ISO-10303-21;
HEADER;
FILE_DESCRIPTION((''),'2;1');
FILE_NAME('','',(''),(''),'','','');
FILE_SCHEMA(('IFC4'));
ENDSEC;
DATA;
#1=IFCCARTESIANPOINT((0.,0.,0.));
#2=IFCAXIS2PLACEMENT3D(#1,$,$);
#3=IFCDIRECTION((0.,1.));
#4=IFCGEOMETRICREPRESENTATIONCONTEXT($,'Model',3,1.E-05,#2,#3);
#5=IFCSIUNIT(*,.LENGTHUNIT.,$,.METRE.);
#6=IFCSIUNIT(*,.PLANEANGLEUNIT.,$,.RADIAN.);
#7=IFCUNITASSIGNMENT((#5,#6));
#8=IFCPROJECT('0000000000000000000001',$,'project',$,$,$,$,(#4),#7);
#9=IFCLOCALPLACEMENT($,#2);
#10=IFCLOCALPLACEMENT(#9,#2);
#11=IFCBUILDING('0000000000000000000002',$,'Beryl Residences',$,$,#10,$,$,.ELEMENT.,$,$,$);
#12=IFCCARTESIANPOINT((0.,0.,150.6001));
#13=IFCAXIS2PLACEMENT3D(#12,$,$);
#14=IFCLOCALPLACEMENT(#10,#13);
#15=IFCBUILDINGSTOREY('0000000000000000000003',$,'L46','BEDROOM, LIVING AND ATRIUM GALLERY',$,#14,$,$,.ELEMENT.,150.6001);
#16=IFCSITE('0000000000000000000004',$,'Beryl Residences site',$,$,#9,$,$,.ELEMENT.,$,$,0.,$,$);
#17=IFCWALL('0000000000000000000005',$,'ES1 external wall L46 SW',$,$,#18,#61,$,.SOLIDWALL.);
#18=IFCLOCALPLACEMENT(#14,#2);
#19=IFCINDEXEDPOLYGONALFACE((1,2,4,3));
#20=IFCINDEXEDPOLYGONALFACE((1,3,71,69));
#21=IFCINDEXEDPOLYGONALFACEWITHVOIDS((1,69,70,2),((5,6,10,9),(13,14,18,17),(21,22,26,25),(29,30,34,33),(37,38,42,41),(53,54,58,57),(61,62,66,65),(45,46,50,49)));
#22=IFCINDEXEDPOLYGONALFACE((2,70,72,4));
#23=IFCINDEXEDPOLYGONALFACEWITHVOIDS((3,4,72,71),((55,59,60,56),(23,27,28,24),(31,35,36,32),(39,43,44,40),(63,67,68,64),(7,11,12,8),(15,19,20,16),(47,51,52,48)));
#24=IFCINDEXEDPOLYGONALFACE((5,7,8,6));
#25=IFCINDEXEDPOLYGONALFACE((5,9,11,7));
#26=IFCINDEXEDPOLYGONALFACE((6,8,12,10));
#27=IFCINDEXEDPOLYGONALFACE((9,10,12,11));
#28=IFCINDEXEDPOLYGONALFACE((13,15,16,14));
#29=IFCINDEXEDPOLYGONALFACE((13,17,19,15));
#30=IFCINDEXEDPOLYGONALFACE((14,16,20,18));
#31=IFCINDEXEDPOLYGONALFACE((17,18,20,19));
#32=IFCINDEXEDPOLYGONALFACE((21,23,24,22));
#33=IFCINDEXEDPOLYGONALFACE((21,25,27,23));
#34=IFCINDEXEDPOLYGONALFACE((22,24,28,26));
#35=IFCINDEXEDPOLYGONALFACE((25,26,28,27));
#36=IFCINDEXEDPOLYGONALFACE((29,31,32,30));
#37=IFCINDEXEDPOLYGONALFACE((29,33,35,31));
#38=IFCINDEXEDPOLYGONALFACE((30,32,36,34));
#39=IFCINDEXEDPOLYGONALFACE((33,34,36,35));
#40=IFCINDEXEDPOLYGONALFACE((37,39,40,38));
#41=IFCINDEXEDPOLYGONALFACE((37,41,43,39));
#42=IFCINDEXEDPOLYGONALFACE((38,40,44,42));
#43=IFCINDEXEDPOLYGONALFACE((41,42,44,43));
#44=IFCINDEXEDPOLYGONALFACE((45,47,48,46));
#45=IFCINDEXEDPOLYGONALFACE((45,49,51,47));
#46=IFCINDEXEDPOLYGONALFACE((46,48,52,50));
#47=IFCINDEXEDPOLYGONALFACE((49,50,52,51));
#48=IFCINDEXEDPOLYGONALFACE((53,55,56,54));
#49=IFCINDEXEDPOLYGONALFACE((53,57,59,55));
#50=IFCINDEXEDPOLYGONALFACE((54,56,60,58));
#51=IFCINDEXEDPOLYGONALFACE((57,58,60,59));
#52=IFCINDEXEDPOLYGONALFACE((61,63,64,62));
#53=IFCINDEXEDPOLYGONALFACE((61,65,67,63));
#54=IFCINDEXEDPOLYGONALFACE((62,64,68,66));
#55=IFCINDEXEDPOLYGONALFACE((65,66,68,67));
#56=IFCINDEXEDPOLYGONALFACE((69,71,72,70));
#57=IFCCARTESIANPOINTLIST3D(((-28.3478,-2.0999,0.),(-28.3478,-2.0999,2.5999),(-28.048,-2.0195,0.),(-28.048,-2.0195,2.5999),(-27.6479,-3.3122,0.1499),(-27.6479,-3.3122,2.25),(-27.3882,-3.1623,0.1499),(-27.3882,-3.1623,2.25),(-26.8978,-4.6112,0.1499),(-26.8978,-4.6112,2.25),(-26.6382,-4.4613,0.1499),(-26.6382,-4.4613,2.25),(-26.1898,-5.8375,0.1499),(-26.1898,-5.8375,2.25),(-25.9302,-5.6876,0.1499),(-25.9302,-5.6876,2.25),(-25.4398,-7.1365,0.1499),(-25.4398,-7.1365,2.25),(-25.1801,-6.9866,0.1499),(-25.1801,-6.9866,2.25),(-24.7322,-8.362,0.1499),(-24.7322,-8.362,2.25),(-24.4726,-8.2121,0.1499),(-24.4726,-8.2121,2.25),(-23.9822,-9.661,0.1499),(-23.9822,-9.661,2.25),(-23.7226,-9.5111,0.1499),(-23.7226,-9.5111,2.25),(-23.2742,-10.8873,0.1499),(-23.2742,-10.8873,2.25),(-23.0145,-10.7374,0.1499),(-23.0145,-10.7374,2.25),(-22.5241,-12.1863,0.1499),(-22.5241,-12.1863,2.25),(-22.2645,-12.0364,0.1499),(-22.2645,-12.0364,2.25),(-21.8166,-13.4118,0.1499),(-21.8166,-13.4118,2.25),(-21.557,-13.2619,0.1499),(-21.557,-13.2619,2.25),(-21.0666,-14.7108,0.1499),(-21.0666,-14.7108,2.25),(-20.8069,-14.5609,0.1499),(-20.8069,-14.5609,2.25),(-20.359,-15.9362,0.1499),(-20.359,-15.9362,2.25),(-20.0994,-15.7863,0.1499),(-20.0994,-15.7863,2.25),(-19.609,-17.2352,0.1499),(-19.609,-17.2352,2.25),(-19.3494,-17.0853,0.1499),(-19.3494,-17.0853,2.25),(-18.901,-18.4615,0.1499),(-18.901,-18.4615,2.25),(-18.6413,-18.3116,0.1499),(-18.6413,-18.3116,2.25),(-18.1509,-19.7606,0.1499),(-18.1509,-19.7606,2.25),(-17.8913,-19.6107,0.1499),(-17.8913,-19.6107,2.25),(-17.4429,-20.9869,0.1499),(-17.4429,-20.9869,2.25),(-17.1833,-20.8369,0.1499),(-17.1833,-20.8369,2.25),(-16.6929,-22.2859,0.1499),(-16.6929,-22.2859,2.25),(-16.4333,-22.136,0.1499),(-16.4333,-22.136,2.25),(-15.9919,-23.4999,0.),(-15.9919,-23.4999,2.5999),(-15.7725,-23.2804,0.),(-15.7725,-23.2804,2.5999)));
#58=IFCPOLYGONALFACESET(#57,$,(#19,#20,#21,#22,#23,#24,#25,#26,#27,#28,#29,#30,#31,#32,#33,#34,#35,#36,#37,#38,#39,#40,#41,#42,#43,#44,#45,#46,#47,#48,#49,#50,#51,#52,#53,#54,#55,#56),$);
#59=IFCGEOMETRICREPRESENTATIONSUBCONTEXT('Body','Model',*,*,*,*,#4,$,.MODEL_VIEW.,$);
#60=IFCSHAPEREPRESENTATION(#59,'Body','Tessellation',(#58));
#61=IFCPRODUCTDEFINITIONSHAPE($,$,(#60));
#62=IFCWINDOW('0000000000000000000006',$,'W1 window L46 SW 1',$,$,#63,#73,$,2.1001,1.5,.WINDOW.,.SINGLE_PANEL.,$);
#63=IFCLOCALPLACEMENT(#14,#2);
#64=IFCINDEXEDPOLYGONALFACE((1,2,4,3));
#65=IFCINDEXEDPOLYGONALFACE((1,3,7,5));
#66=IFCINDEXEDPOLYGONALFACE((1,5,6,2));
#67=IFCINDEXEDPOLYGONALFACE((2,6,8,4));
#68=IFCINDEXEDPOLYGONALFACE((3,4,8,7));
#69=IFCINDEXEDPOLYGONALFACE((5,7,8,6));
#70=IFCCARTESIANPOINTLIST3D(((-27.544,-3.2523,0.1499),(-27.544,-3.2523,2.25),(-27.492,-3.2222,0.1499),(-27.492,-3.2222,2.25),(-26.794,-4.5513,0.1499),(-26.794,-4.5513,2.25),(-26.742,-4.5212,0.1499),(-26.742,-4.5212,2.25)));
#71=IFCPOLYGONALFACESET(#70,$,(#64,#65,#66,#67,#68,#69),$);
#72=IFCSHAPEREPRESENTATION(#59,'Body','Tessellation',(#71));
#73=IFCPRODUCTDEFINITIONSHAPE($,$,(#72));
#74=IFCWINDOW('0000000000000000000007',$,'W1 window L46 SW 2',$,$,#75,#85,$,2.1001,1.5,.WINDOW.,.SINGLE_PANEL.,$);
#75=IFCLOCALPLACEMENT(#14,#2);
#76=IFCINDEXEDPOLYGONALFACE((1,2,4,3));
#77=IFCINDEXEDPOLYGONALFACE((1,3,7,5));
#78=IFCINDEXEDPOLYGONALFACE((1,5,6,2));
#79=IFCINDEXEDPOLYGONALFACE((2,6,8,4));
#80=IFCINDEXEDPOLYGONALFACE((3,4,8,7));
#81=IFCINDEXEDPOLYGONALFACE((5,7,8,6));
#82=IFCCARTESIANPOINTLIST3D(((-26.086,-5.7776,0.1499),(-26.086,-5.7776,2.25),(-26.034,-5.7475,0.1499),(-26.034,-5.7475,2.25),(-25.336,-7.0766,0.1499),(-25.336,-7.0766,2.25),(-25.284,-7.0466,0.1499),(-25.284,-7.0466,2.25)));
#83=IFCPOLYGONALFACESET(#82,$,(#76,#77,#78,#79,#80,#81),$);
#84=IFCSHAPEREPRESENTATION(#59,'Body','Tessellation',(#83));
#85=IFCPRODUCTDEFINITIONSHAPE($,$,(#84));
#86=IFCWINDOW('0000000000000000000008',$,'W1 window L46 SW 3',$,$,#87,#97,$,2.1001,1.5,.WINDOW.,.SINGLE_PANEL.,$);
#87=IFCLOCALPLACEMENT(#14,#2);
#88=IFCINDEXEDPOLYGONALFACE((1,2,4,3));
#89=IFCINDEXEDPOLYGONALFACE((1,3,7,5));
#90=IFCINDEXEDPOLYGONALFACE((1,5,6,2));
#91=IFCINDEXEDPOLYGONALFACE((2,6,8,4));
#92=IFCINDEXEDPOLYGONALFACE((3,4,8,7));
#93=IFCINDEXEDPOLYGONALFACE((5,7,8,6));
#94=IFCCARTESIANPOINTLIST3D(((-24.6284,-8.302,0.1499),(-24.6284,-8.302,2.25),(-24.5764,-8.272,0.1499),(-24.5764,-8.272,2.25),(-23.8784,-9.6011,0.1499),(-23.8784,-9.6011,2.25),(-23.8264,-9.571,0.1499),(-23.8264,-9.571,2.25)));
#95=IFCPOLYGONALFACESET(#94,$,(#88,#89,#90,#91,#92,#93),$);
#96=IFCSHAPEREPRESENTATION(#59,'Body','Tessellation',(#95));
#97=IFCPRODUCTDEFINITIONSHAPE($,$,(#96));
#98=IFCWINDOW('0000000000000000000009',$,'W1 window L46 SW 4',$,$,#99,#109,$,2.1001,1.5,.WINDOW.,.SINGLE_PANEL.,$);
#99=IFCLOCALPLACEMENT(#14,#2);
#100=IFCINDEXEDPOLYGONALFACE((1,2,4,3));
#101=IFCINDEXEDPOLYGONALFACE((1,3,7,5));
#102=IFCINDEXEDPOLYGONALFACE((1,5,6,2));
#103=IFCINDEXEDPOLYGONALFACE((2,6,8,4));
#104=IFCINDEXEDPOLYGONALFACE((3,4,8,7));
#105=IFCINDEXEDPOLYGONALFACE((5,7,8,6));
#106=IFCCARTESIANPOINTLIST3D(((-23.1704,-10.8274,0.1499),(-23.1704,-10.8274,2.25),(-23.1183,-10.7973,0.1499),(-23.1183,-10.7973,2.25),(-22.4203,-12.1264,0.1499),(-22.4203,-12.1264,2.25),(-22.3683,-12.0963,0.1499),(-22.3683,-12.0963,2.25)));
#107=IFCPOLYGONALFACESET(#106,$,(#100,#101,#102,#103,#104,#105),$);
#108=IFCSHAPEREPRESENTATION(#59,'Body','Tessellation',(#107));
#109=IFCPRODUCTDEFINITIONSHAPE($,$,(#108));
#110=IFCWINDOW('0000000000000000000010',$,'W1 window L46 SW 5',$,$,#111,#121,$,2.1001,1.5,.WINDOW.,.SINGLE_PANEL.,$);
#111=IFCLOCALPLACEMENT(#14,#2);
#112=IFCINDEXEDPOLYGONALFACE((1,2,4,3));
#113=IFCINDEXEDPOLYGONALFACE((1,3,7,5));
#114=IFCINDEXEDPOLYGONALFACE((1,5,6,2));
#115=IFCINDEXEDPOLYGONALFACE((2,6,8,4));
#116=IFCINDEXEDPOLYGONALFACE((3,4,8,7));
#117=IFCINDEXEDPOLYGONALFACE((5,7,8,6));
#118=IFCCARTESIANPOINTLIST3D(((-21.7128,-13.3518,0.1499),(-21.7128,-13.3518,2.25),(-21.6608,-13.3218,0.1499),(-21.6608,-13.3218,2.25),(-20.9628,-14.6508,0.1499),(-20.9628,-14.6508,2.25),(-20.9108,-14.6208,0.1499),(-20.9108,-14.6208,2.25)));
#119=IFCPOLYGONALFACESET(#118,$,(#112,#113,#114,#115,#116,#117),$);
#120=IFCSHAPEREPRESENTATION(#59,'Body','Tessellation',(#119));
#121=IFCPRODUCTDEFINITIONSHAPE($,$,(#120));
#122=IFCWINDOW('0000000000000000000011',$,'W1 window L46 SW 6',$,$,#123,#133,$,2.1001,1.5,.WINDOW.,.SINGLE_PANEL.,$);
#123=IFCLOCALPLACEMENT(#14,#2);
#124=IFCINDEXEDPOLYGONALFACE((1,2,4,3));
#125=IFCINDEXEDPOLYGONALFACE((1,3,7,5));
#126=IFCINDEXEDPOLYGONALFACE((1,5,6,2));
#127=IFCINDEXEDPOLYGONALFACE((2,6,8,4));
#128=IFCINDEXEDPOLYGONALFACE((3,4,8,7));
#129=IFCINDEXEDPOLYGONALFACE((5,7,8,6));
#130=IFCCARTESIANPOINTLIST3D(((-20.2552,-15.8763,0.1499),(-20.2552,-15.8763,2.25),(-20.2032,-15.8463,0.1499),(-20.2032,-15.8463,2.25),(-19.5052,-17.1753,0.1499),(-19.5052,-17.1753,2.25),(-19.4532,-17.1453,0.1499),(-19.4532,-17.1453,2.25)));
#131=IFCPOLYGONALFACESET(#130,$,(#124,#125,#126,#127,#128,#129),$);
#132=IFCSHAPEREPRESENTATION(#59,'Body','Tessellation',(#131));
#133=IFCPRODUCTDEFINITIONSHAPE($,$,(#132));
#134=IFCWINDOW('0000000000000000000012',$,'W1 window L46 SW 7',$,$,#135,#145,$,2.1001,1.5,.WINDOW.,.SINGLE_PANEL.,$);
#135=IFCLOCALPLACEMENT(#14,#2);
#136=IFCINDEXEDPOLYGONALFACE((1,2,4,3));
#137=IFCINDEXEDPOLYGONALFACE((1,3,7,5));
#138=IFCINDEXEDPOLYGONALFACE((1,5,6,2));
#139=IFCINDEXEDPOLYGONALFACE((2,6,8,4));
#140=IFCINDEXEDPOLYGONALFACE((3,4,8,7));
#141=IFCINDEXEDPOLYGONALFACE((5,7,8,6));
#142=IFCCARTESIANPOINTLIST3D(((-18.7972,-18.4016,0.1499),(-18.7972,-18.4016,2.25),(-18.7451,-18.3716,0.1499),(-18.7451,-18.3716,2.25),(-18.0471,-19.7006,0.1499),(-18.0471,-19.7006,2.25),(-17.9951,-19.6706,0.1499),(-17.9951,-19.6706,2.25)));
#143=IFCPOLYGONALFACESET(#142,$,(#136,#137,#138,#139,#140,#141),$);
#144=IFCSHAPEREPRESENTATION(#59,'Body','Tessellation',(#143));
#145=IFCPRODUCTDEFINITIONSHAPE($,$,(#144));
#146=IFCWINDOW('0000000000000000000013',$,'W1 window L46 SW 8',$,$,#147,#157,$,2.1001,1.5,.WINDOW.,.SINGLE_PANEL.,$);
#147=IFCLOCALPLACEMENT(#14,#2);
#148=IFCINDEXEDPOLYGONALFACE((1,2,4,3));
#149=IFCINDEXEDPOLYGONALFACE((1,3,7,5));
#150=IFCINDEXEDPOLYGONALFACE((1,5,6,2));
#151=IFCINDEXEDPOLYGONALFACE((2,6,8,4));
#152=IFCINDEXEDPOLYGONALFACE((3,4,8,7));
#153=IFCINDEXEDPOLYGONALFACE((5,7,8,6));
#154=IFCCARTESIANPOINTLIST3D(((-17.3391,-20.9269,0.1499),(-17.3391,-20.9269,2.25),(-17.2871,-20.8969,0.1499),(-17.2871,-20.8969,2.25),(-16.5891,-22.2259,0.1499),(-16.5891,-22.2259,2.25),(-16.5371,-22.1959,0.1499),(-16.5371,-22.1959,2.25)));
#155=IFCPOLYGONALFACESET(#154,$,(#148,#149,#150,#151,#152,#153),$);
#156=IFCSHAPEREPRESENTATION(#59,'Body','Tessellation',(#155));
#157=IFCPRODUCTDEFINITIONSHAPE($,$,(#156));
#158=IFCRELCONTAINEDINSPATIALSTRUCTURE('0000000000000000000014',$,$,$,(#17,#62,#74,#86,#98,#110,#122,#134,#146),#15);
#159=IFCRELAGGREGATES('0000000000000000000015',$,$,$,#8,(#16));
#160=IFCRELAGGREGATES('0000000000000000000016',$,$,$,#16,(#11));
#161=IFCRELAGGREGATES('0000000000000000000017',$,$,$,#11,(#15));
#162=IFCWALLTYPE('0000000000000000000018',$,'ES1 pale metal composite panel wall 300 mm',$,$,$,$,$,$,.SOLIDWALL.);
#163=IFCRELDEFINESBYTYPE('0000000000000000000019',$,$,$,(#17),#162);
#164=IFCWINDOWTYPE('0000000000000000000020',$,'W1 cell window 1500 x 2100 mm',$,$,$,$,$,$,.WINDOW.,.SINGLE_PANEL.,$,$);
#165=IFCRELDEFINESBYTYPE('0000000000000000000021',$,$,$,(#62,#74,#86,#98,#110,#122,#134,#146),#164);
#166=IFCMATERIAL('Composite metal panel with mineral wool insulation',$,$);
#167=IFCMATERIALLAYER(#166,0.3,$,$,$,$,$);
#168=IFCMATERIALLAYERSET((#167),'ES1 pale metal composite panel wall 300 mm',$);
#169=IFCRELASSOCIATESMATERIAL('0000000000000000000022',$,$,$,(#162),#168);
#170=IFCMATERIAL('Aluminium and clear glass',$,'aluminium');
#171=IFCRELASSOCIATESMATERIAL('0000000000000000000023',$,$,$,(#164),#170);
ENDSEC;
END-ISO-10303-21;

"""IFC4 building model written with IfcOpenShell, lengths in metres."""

from ifc_helpers import new_model, si_unit, direction, frame, frame_2d, origin, place, context, subcontext, project, spatial, polyline, rectangle, outline, extrude, material, layer, layer_set, type_object, element, fill, save


model = new_model("IFC4")

# Units and contexts
model_context = context("Model", 3, precision=1e-05, world=origin(), true_north=direction((0.0, 1.0)))
body_context = subcontext(model_context, "Body", "Model", "MODEL_VIEW")
ifc_project = project(units=[si_unit("LENGTHUNIT", "METRE"), si_unit("PLANEANGLEUNIT", "RADIAN")], contexts=[model_context])

# Site, building, storey
site_placement = place(None, origin())
site = spatial("IfcSite", under=ifc_project, at=site_placement, Name="Beryl Residences site", CompositionType="ELEMENT", RefElevation=0.0)
building_placement = place(site_placement, origin())
building = spatial("IfcBuilding", under=site, at=building_placement, Name="Beryl Residences", CompositionType="ELEMENT")
storey_placement = place(building_placement, frame((0.0, 0.0, 150.6001)))
storey = spatial("IfcBuildingStorey", under=building, at=storey_placement, Name="L46", Description="BEDROOM, LIVING AND ATRIUM GALLERY", CompositionType="ELEMENT", Elevation=150.6001)

# Wall, openings, windows
ifc_material_1 = material(Name="Composite metal panel with mineral wool insulation")
ifc_layer_1 = layer(ifc_material_1, 0.3)
ifc_layer_set_1 = layer_set([ifc_layer_1], Name="ES1 pale metal composite panel wall 300 mm")
wall_type_1 = type_object("IfcWallType", Name="ES1 pale metal composite panel wall 300 mm", PredefinedType="SOLIDWALL", material=ifc_layer_set_1)
wall_1_placement = place(storey_placement, frame((-28.218, -2.0249, 0.0), z_axis=(0.0, 0.0, 1.0), x_axis=(0.500018, -0.866015, 0.0)))
wall_1 = element("IfcWall", 1, at=wall_1_placement, inside=storey, type_object=wall_type_1, Name="ES1 external wall L46 SW", PredefinedType="SOLIDWALL", context=body_context, shape_type="SweptSolid", body=[
    extrude(outline(polyline([(0.0, -0.1499), (24.7109, -0.1499), (24.6306, 0.1499), (0.0803, 0.1499), (0.0, -0.1499)])), origin(), (0.0, 0.0, 1.0), 2.5999),
])
opening_1_placement = place(wall_1_placement, frame((1.3999, 0.0, 0.1499)))
opening_1 = element("IfcOpeningElement", 2, at=opening_1_placement, cuts=wall_1, PredefinedType="OPENING", context=body_context, shape_type="SweptSolid", body=[
    extrude(rectangle(XDim=1.5, YDim=2.1001, at=frame_2d((0.75, 1.05))), frame((0.0, 0.1599, 0.0), z_axis=(0.0, -1.0, 0.0), x_axis=(1.0, 0.0, 0.0)), (0.0, 0.0, 1.0), 0.3201),
])
opening_2_placement = place(wall_1_placement, frame((4.3159, 0.0, 0.1499)))
opening_2 = element("IfcOpeningElement", 3, at=opening_2_placement, cuts=wall_1, PredefinedType="OPENING", context=body_context, shape_type="SweptSolid", body=[
    extrude(rectangle(XDim=1.5, YDim=2.1001, at=frame_2d((0.75, 1.05))), frame((0.0, 0.1599, 0.0), z_axis=(0.0, -1.0, 0.0), x_axis=(1.0, 0.0, 0.0)), (0.0, 0.0, 1.0), 0.3201),
])
opening_3_placement = place(wall_1_placement, frame((7.231, 0.0, 0.1499)))
opening_3 = element("IfcOpeningElement", 4, at=opening_3_placement, cuts=wall_1, PredefinedType="OPENING", context=body_context, shape_type="SweptSolid", body=[
    extrude(rectangle(XDim=1.5, YDim=2.1001, at=frame_2d((0.75, 1.05))), frame((0.0, 0.1599, 0.0), z_axis=(0.0, -1.0, 0.0), x_axis=(1.0, 0.0, 0.0)), (0.0, 0.0, 1.0), 0.3201),
])
opening_4_placement = place(wall_1_placement, frame((10.147, 0.0, 0.1499)))
opening_4 = element("IfcOpeningElement", 5, at=opening_4_placement, cuts=wall_1, PredefinedType="OPENING", context=body_context, shape_type="SweptSolid", body=[
    extrude(rectangle(XDim=1.5, YDim=2.1001, at=frame_2d((0.75, 1.05))), frame((0.0, 0.1599, 0.0), z_axis=(0.0, -1.0, 0.0), x_axis=(1.0, 0.0, 0.0)), (0.0, 0.0, 1.0), 0.3201),
])
opening_5_placement = place(wall_1_placement, frame((13.062, 0.0, 0.1499)))
opening_5 = element("IfcOpeningElement", 6, at=opening_5_placement, cuts=wall_1, PredefinedType="OPENING", context=body_context, shape_type="SweptSolid", body=[
    extrude(rectangle(XDim=1.5, YDim=2.1001, at=frame_2d((0.75, 1.05))), frame((0.0, 0.1599, 0.0), z_axis=(0.0, -1.0, 0.0), x_axis=(1.0, 0.0, 0.0)), (0.0, 0.0, 1.0), 0.3201),
])
opening_6_placement = place(wall_1_placement, frame((15.9771, 0.0, 0.1499)))
opening_6 = element("IfcOpeningElement", 7, at=opening_6_placement, cuts=wall_1, PredefinedType="OPENING", context=body_context, shape_type="SweptSolid", body=[
    extrude(rectangle(XDim=1.5, YDim=2.1001, at=frame_2d((0.75, 1.05))), frame((0.0, 0.1599, 0.0), z_axis=(0.0, -1.0, 0.0), x_axis=(1.0, 0.0, 0.0)), (0.0, 0.0, 1.0), 0.3201),
])
opening_7_placement = place(wall_1_placement, frame((18.8931, 0.0, 0.1499)))
opening_7 = element("IfcOpeningElement", 8, at=opening_7_placement, cuts=wall_1, PredefinedType="OPENING", context=body_context, shape_type="SweptSolid", body=[
    extrude(rectangle(XDim=1.5, YDim=2.1001, at=frame_2d((0.75, 1.05))), frame((0.0, 0.1599, 0.0), z_axis=(0.0, -1.0, 0.0), x_axis=(1.0, 0.0, 0.0)), (0.0, 0.0, 1.0), 0.3201),
])
opening_8_placement = place(wall_1_placement, frame((21.8091, 0.0, 0.1499)))
opening_8 = element("IfcOpeningElement", 9, at=opening_8_placement, cuts=wall_1, PredefinedType="OPENING", context=body_context, shape_type="SweptSolid", body=[
    extrude(rectangle(XDim=1.5, YDim=2.1001, at=frame_2d((0.75, 1.05))), frame((0.0, 0.1599, 0.0), z_axis=(0.0, -1.0, 0.0), x_axis=(1.0, 0.0, 0.0)), (0.0, 0.0, 1.0), 0.3201),
])
ifc_material_2 = material(Name="Aluminium and clear glass", Category="aluminium")
window_type = type_object("IfcWindowType", Name="W1 cell window 1500 x 2100 mm", PartitioningType="SINGLE_PANEL", PredefinedType="WINDOW", material=ifc_material_2)
window_1_placement = place(opening_1_placement, origin())
window_1 = element("IfcWindow", 10, at=window_1_placement, inside=storey, type_object=window_type, Name="W1 window L46 SW 1", OverallHeight=2.1001, OverallWidth=1.5, PartitioningType="SINGLE_PANEL", PredefinedType="WINDOW", context=body_context, shape_type="SweptSolid", body=[
    extrude(rectangle(XDim=1.5, YDim=2.1001, at=frame_2d((0.75, 1.05))), frame((0.0, 0.03, 0.0), z_axis=(0.0, -1.0, 0.0), x_axis=(1.0, 0.0, 0.0)), (0.0, 0.0, 1.0), 0.0601),
])
fill(opening_1, window_1)
window_2_placement = place(opening_2_placement, origin())
window_2 = element("IfcWindow", 11, at=window_2_placement, inside=storey, type_object=window_type, Name="W1 window L46 SW 2", OverallHeight=2.1001, OverallWidth=1.5, PartitioningType="SINGLE_PANEL", PredefinedType="WINDOW", context=body_context, shape_type="SweptSolid", body=[
    extrude(rectangle(XDim=1.5, YDim=2.1001, at=frame_2d((0.75, 1.05))), frame((0.0, 0.03, 0.0), z_axis=(0.0, -1.0, 0.0), x_axis=(1.0, 0.0, 0.0)), (0.0, 0.0, 1.0), 0.0601),
])
fill(opening_2, window_2)
window_3_placement = place(opening_3_placement, origin())
window_3 = element("IfcWindow", 12, at=window_3_placement, inside=storey, type_object=window_type, Name="W1 window L46 SW 3", OverallHeight=2.1001, OverallWidth=1.5, PartitioningType="SINGLE_PANEL", PredefinedType="WINDOW", context=body_context, shape_type="SweptSolid", body=[
    extrude(rectangle(XDim=1.5, YDim=2.1001, at=frame_2d((0.75, 1.05))), frame((0.0, 0.03, 0.0), z_axis=(0.0, -1.0, 0.0), x_axis=(1.0, 0.0, 0.0)), (0.0, 0.0, 1.0), 0.0601),
])
fill(opening_3, window_3)
window_4_placement = place(opening_4_placement, origin())
window_4 = element("IfcWindow", 13, at=window_4_placement, inside=storey, type_object=window_type, Name="W1 window L46 SW 4", OverallHeight=2.1001, OverallWidth=1.5, PartitioningType="SINGLE_PANEL", PredefinedType="WINDOW", context=body_context, shape_type="SweptSolid", body=[
    extrude(rectangle(XDim=1.5, YDim=2.1001, at=frame_2d((0.75, 1.05))), frame((0.0, 0.03, 0.0), z_axis=(0.0, -1.0, 0.0), x_axis=(1.0, 0.0, 0.0)), (0.0, 0.0, 1.0), 0.0601),
])
fill(opening_4, window_4)
window_5_placement = place(opening_5_placement, origin())
window_5 = element("IfcWindow", 14, at=window_5_placement, inside=storey, type_object=window_type, Name="W1 window L46 SW 5", OverallHeight=2.1001, OverallWidth=1.5, PartitioningType="SINGLE_PANEL", PredefinedType="WINDOW", context=body_context, shape_type="SweptSolid", body=[
    extrude(rectangle(XDim=1.5, YDim=2.1001, at=frame_2d((0.75, 1.05))), frame((0.0, 0.03, 0.0), z_axis=(0.0, -1.0, 0.0), x_axis=(1.0, 0.0, 0.0)), (0.0, 0.0, 1.0), 0.0601),
])
fill(opening_5, window_5)
window_6_placement = place(opening_6_placement, origin())
window_6 = element("IfcWindow", 15, at=window_6_placement, inside=storey, type_object=window_type, Name="W1 window L46 SW 6", OverallHeight=2.1001, OverallWidth=1.5, PartitioningType="SINGLE_PANEL", PredefinedType="WINDOW", context=body_context, shape_type="SweptSolid", body=[
    extrude(rectangle(XDim=1.5, YDim=2.1001, at=frame_2d((0.75, 1.05))), frame((0.0, 0.03, 0.0), z_axis=(0.0, -1.0, 0.0), x_axis=(1.0, 0.0, 0.0)), (0.0, 0.0, 1.0), 0.0601),
])
fill(opening_6, window_6)
window_7_placement = place(opening_7_placement, origin())
window_7 = element("IfcWindow", 16, at=window_7_placement, inside=storey, type_object=window_type, Name="W1 window L46 SW 7", OverallHeight=2.1001, OverallWidth=1.5, PartitioningType="SINGLE_PANEL", PredefinedType="WINDOW", context=body_context, shape_type="SweptSolid", body=[
    extrude(rectangle(XDim=1.5, YDim=2.1001, at=frame_2d((0.75, 1.05))), frame((0.0, 0.03, 0.0), z_axis=(0.0, -1.0, 0.0), x_axis=(1.0, 0.0, 0.0)), (0.0, 0.0, 1.0), 0.0601),
])
fill(opening_7, window_7)
window_8_placement = place(opening_8_placement, origin())
window_8 = element("IfcWindow", 17, at=window_8_placement, inside=storey, type_object=window_type, Name="W1 window L46 SW 8", OverallHeight=2.1001, OverallWidth=1.5, PartitioningType="SINGLE_PANEL", PredefinedType="WINDOW", context=body_context, shape_type="SweptSolid", body=[
    extrude(rectangle(XDim=1.5, YDim=2.1001, at=frame_2d((0.75, 1.05))), frame((0.0, 0.03, 0.0), z_axis=(0.0, -1.0, 0.0), x_axis=(1.0, 0.0, 0.0)), (0.0, 0.0, 1.0), 0.0601),
])
fill(opening_8, window_8)

save(model, "model.ifc")
